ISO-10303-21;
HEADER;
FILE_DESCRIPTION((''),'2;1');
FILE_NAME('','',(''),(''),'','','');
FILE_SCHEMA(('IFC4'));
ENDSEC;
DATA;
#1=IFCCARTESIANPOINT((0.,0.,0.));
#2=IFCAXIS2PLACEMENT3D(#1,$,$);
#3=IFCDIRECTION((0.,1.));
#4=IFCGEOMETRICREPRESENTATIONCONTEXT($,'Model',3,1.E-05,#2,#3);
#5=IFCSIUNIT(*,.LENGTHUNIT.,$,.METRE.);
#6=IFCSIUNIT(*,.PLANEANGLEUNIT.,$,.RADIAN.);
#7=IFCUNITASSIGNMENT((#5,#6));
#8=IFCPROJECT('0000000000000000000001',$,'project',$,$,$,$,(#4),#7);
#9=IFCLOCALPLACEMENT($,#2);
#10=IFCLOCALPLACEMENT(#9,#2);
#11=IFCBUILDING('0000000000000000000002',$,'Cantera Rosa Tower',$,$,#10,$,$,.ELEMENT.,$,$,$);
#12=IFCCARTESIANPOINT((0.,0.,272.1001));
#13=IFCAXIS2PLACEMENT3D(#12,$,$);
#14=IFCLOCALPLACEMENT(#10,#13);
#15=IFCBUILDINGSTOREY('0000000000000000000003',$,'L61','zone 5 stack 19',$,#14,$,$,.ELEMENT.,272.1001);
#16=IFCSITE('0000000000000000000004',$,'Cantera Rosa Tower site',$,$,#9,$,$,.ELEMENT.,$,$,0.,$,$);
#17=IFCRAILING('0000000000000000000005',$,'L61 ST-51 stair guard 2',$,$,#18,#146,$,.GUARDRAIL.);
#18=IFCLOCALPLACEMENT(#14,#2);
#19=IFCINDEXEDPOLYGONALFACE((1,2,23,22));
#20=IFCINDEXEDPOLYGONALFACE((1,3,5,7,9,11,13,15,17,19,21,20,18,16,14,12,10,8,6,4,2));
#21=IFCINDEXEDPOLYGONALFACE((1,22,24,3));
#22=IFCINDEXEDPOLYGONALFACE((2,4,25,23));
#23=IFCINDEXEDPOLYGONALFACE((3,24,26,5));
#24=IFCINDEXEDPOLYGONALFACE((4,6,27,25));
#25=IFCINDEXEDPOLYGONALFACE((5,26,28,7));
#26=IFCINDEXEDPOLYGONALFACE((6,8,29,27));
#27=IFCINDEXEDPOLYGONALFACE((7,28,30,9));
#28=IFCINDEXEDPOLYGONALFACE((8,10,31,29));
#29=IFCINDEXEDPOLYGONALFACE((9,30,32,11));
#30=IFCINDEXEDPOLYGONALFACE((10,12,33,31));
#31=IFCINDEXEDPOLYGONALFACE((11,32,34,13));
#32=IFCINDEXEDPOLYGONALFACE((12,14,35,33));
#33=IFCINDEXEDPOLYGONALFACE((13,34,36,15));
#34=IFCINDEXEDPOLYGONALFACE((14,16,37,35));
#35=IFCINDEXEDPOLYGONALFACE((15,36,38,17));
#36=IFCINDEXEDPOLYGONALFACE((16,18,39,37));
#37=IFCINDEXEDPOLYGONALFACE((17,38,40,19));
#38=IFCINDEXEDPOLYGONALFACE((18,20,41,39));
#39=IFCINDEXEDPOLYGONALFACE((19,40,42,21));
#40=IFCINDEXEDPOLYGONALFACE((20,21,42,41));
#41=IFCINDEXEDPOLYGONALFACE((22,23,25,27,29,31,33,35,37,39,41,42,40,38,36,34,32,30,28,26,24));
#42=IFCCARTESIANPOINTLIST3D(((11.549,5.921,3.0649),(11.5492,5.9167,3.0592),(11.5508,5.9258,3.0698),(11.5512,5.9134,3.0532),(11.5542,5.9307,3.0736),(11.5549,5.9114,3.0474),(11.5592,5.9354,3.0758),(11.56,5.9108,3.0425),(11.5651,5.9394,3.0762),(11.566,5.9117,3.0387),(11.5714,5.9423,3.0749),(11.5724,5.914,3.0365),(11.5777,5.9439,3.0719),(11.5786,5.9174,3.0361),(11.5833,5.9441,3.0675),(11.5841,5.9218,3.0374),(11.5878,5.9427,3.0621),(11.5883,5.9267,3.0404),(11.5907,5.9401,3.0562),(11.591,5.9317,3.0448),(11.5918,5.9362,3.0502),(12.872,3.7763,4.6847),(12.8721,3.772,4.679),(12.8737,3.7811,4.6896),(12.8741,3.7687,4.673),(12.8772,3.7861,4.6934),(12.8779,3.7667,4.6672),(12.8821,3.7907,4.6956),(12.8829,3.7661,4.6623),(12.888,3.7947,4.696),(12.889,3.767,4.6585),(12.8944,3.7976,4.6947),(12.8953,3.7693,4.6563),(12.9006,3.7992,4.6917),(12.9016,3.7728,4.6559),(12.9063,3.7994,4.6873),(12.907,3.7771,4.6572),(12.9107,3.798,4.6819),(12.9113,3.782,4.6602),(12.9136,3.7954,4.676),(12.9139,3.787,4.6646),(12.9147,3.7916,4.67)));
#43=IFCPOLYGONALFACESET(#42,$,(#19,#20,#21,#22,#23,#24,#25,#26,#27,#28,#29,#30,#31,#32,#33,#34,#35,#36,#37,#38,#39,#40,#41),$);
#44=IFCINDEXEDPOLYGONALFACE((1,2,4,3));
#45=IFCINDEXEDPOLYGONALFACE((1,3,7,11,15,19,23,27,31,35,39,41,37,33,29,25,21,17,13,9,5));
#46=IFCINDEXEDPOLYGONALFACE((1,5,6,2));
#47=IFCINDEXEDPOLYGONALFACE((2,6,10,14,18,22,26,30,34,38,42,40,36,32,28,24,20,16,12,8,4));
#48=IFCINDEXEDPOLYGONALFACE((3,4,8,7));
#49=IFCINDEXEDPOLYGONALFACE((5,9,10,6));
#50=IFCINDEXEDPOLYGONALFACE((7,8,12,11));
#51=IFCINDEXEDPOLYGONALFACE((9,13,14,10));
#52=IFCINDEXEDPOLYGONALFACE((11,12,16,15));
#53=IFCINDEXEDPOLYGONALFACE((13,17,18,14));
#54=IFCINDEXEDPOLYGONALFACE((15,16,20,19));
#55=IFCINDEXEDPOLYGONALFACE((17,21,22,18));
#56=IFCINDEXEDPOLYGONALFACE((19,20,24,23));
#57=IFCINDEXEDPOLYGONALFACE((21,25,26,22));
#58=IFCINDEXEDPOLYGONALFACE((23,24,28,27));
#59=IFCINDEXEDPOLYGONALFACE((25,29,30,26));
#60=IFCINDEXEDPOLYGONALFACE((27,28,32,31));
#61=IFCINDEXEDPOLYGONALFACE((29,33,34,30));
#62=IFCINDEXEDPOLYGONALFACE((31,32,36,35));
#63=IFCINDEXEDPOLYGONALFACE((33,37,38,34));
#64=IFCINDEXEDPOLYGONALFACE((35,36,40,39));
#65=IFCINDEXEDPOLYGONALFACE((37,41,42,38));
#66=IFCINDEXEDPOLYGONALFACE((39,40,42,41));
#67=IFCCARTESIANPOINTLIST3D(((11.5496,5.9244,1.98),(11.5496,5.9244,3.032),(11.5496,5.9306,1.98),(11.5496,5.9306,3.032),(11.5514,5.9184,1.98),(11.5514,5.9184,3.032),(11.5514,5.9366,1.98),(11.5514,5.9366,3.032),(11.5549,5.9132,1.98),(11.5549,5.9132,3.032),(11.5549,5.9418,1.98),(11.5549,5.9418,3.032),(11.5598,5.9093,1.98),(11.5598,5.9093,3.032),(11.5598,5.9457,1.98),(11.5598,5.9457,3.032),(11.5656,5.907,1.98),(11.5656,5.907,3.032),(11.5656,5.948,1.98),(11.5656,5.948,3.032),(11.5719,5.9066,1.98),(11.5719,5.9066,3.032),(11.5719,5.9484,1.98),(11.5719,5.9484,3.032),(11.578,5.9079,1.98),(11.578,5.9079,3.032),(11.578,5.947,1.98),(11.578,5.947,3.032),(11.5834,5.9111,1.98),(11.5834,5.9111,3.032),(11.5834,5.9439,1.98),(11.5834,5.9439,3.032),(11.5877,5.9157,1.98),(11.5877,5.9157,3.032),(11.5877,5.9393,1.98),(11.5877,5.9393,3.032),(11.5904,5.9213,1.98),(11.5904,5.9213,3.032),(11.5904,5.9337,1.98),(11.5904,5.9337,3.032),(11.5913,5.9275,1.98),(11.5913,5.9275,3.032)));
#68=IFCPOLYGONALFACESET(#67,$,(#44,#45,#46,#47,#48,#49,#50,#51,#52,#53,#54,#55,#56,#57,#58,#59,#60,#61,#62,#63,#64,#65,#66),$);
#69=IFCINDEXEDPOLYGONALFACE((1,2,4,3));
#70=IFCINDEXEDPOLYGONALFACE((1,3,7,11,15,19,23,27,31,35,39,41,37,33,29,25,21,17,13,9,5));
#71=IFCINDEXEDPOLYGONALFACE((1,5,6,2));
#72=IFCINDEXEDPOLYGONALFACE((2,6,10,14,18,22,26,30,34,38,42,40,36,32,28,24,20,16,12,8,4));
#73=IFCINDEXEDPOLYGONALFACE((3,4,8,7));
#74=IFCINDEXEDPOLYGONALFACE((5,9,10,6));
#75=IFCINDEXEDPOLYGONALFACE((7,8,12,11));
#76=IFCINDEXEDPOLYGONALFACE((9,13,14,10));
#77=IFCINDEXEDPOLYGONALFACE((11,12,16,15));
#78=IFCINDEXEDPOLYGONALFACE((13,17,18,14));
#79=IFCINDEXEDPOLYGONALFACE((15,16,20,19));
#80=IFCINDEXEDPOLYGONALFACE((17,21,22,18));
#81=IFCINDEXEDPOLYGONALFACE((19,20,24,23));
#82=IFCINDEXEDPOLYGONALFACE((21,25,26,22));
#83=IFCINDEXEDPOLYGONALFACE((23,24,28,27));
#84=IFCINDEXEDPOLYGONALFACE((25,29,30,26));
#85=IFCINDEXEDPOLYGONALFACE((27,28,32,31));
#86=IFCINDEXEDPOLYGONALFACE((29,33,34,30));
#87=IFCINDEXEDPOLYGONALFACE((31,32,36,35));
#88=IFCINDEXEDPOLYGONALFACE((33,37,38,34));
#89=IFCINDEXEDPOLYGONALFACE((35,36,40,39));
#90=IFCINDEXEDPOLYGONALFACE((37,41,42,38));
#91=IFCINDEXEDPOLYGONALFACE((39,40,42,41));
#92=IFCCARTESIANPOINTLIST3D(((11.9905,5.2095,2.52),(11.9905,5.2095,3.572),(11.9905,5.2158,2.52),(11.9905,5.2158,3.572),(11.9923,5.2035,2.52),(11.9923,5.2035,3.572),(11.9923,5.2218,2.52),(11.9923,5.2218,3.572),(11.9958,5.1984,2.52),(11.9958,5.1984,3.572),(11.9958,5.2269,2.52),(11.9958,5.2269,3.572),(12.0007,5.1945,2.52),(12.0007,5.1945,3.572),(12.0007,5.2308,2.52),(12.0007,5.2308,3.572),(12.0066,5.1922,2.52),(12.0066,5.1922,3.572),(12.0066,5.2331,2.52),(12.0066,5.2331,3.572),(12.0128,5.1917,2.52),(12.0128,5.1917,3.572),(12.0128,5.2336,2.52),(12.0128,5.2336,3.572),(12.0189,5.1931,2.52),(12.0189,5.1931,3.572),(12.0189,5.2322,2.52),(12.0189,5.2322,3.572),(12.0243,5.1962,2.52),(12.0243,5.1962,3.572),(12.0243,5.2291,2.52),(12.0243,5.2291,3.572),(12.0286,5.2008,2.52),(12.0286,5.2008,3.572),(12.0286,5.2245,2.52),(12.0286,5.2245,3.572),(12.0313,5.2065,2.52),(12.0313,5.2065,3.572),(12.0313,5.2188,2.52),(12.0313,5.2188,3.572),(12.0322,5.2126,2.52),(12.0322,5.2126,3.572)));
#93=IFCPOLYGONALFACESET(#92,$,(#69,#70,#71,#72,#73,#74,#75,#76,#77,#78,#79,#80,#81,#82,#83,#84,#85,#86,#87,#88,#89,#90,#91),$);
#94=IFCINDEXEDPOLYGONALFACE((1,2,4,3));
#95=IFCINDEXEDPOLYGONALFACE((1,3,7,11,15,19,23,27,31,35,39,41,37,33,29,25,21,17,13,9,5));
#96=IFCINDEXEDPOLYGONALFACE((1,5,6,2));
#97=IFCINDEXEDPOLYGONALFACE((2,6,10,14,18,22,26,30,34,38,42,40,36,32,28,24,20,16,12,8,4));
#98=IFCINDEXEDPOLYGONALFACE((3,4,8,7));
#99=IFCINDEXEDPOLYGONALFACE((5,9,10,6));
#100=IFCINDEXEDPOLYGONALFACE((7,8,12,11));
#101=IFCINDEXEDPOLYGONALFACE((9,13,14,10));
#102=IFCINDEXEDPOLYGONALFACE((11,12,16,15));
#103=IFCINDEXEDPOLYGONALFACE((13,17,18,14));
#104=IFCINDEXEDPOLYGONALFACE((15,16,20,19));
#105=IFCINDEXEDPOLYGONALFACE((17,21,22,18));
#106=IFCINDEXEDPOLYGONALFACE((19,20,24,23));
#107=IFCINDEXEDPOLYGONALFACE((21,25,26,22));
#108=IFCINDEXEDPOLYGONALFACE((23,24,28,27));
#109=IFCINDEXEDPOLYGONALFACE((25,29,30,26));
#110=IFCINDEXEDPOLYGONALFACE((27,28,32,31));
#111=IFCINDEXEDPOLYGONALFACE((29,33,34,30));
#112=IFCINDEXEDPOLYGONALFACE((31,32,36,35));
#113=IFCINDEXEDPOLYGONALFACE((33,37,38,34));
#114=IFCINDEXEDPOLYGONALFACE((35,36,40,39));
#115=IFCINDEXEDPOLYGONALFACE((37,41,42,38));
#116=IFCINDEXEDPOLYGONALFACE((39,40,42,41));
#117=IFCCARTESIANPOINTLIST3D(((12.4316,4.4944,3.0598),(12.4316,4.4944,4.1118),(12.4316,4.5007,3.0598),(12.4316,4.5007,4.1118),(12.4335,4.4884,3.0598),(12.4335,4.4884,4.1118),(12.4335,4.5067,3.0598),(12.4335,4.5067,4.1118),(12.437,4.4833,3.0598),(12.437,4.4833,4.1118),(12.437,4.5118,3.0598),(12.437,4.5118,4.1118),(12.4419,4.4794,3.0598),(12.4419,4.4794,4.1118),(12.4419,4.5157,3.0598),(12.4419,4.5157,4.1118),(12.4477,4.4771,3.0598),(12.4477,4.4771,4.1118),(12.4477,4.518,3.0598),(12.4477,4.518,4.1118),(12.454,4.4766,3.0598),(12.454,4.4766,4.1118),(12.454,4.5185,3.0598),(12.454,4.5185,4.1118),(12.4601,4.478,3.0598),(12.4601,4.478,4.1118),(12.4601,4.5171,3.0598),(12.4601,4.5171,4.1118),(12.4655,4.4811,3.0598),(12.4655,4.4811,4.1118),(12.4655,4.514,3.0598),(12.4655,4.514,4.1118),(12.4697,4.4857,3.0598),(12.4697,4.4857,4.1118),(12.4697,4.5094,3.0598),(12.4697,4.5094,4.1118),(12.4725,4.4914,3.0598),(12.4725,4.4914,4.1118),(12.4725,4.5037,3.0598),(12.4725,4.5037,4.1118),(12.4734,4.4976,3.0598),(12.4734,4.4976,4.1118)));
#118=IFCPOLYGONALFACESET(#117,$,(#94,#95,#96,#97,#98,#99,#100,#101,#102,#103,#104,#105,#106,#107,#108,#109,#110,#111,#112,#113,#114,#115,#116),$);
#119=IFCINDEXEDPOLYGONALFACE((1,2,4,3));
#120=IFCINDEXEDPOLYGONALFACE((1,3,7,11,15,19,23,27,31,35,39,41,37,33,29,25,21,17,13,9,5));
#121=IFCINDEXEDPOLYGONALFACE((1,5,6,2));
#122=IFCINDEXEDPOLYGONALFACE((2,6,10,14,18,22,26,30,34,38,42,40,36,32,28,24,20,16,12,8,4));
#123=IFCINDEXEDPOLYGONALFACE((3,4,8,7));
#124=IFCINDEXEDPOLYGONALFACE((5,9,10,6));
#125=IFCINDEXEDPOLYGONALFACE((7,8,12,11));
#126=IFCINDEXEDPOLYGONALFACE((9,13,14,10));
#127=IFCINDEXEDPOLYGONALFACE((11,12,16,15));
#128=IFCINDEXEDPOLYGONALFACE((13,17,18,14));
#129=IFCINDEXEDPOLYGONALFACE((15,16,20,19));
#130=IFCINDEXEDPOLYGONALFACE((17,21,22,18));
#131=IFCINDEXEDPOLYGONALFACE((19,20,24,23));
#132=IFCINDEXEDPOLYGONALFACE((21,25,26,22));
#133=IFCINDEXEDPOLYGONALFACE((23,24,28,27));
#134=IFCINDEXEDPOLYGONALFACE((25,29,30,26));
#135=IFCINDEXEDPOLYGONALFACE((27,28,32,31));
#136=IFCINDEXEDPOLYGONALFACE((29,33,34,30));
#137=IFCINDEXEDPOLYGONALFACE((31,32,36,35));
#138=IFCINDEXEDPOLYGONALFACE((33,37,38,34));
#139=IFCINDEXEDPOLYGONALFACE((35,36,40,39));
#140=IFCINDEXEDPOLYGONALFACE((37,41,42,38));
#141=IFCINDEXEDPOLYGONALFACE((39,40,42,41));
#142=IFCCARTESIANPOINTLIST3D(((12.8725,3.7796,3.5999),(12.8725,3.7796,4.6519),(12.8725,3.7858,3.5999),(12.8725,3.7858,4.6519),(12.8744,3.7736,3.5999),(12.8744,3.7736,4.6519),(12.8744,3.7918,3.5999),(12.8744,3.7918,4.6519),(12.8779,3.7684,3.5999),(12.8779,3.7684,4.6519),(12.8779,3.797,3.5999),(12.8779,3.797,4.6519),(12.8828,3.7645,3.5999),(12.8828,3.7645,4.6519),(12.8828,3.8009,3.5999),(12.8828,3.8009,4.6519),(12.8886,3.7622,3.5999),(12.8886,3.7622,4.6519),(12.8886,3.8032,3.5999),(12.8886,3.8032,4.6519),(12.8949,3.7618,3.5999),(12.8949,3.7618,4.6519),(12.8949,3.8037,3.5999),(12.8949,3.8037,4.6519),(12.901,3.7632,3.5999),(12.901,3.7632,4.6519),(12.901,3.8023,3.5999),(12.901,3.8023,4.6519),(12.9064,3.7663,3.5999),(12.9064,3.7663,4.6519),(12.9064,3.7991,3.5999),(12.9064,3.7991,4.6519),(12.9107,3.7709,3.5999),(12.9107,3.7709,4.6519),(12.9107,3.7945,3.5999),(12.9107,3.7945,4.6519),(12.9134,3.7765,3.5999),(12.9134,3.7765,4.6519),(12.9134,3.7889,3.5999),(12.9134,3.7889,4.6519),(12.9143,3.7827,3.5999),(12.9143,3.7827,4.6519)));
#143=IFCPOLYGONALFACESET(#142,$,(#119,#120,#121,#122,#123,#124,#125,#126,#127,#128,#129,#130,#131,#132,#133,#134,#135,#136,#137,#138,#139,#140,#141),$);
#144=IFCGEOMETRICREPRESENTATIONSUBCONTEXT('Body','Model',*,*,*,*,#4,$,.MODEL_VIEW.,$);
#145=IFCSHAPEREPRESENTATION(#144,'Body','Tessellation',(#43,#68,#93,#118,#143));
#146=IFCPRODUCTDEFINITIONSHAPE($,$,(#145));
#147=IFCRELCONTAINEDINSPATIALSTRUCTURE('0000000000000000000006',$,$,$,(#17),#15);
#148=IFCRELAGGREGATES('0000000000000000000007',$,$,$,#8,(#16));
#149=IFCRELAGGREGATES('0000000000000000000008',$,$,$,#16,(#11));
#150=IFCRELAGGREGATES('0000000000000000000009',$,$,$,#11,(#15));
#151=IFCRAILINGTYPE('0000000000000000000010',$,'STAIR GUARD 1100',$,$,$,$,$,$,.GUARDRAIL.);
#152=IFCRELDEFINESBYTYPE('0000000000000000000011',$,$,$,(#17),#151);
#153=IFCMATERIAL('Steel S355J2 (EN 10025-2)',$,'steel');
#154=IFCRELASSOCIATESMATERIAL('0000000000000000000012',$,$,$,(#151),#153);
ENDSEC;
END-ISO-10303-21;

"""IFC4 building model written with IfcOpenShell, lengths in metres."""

from ifc_helpers import new_model, si_unit, direction, frame, origin, origin_2d, place, context, subcontext, project, spatial, circle, extrude, material, type_object, element, save


model = new_model("IFC4")

# Units and contexts
model_context = context("Model", 3, precision=1e-05, world=origin(), true_north=direction((0.0, 1.0)))
body_context = subcontext(model_context, "Body", "Model", "MODEL_VIEW")
ifc_project = project(units=[si_unit("LENGTHUNIT", "METRE"), si_unit("PLANEANGLEUNIT", "RADIAN")], contexts=[model_context])

# Site, building, storey
site_placement = place(None, origin())
site = spatial("IfcSite", under=ifc_project, at=site_placement, Name="Cantera Rosa Tower site", CompositionType="ELEMENT", RefElevation=0.0)
building_placement = place(site_placement, origin())
building = spatial("IfcBuilding", under=site, at=building_placement, Name="Cantera Rosa Tower", CompositionType="ELEMENT")
storey_placement = place(building_placement, frame((0.0, 0.0, 272.1001)))
storey = spatial("IfcBuildingStorey", under=building, at=storey_placement, Name="L61", Description="zone 5 stack 19", CompositionType="ELEMENT", Elevation=272.1001)

# Railing
ifc_material_1 = material(Name="Steel S355J2 (EN 10025-2)", Category="steel")
railing_type_1 = type_object("IfcRailingType", Name="STAIR GUARD 1100", PredefinedType="GUARDRAIL", material=ifc_material_1)
railing_1_placement = place(storey_placement, frame((11.5703, 5.9275, 1.98)))
element("IfcRailing", 1, at=railing_1_placement, inside=storey, type_object=railing_type_1, Name="L61 ST-51 stair guard 2", PredefinedType="GUARDRAIL", context=body_context, shape_type="SweptSolid", body=[
    extrude(circle(Radius=0.0239, at=origin_2d()), frame((0.0, 0.0, 1.0762), z_axis=(0.441629, -0.715945, 0.540728), x_axis=(0.851102, 0.525, 0.0)), (0.0, 0.0, 1.0), 2.9956),
    extrude(circle(Radius=0.021, at=origin_2d()), origin(), (0.0, 0.0, 1.0), 1.052),
    extrude(circle(Radius=0.021, at=origin_2d()), frame((0.4409, -0.7148, 0.54)), (0.0, 0.0, 1.0), 1.052),
    extrude(circle(Radius=0.021, at=origin_2d()), frame((0.8821, -1.4299, 1.0798)), (0.0, 0.0, 1.0), 1.052),
    extrude(circle(Radius=0.021, at=origin_2d()), frame((1.323, -2.1448, 1.6199)), (0.0, 0.0, 1.0), 1.052),
])

save(model, "model.ifc")
